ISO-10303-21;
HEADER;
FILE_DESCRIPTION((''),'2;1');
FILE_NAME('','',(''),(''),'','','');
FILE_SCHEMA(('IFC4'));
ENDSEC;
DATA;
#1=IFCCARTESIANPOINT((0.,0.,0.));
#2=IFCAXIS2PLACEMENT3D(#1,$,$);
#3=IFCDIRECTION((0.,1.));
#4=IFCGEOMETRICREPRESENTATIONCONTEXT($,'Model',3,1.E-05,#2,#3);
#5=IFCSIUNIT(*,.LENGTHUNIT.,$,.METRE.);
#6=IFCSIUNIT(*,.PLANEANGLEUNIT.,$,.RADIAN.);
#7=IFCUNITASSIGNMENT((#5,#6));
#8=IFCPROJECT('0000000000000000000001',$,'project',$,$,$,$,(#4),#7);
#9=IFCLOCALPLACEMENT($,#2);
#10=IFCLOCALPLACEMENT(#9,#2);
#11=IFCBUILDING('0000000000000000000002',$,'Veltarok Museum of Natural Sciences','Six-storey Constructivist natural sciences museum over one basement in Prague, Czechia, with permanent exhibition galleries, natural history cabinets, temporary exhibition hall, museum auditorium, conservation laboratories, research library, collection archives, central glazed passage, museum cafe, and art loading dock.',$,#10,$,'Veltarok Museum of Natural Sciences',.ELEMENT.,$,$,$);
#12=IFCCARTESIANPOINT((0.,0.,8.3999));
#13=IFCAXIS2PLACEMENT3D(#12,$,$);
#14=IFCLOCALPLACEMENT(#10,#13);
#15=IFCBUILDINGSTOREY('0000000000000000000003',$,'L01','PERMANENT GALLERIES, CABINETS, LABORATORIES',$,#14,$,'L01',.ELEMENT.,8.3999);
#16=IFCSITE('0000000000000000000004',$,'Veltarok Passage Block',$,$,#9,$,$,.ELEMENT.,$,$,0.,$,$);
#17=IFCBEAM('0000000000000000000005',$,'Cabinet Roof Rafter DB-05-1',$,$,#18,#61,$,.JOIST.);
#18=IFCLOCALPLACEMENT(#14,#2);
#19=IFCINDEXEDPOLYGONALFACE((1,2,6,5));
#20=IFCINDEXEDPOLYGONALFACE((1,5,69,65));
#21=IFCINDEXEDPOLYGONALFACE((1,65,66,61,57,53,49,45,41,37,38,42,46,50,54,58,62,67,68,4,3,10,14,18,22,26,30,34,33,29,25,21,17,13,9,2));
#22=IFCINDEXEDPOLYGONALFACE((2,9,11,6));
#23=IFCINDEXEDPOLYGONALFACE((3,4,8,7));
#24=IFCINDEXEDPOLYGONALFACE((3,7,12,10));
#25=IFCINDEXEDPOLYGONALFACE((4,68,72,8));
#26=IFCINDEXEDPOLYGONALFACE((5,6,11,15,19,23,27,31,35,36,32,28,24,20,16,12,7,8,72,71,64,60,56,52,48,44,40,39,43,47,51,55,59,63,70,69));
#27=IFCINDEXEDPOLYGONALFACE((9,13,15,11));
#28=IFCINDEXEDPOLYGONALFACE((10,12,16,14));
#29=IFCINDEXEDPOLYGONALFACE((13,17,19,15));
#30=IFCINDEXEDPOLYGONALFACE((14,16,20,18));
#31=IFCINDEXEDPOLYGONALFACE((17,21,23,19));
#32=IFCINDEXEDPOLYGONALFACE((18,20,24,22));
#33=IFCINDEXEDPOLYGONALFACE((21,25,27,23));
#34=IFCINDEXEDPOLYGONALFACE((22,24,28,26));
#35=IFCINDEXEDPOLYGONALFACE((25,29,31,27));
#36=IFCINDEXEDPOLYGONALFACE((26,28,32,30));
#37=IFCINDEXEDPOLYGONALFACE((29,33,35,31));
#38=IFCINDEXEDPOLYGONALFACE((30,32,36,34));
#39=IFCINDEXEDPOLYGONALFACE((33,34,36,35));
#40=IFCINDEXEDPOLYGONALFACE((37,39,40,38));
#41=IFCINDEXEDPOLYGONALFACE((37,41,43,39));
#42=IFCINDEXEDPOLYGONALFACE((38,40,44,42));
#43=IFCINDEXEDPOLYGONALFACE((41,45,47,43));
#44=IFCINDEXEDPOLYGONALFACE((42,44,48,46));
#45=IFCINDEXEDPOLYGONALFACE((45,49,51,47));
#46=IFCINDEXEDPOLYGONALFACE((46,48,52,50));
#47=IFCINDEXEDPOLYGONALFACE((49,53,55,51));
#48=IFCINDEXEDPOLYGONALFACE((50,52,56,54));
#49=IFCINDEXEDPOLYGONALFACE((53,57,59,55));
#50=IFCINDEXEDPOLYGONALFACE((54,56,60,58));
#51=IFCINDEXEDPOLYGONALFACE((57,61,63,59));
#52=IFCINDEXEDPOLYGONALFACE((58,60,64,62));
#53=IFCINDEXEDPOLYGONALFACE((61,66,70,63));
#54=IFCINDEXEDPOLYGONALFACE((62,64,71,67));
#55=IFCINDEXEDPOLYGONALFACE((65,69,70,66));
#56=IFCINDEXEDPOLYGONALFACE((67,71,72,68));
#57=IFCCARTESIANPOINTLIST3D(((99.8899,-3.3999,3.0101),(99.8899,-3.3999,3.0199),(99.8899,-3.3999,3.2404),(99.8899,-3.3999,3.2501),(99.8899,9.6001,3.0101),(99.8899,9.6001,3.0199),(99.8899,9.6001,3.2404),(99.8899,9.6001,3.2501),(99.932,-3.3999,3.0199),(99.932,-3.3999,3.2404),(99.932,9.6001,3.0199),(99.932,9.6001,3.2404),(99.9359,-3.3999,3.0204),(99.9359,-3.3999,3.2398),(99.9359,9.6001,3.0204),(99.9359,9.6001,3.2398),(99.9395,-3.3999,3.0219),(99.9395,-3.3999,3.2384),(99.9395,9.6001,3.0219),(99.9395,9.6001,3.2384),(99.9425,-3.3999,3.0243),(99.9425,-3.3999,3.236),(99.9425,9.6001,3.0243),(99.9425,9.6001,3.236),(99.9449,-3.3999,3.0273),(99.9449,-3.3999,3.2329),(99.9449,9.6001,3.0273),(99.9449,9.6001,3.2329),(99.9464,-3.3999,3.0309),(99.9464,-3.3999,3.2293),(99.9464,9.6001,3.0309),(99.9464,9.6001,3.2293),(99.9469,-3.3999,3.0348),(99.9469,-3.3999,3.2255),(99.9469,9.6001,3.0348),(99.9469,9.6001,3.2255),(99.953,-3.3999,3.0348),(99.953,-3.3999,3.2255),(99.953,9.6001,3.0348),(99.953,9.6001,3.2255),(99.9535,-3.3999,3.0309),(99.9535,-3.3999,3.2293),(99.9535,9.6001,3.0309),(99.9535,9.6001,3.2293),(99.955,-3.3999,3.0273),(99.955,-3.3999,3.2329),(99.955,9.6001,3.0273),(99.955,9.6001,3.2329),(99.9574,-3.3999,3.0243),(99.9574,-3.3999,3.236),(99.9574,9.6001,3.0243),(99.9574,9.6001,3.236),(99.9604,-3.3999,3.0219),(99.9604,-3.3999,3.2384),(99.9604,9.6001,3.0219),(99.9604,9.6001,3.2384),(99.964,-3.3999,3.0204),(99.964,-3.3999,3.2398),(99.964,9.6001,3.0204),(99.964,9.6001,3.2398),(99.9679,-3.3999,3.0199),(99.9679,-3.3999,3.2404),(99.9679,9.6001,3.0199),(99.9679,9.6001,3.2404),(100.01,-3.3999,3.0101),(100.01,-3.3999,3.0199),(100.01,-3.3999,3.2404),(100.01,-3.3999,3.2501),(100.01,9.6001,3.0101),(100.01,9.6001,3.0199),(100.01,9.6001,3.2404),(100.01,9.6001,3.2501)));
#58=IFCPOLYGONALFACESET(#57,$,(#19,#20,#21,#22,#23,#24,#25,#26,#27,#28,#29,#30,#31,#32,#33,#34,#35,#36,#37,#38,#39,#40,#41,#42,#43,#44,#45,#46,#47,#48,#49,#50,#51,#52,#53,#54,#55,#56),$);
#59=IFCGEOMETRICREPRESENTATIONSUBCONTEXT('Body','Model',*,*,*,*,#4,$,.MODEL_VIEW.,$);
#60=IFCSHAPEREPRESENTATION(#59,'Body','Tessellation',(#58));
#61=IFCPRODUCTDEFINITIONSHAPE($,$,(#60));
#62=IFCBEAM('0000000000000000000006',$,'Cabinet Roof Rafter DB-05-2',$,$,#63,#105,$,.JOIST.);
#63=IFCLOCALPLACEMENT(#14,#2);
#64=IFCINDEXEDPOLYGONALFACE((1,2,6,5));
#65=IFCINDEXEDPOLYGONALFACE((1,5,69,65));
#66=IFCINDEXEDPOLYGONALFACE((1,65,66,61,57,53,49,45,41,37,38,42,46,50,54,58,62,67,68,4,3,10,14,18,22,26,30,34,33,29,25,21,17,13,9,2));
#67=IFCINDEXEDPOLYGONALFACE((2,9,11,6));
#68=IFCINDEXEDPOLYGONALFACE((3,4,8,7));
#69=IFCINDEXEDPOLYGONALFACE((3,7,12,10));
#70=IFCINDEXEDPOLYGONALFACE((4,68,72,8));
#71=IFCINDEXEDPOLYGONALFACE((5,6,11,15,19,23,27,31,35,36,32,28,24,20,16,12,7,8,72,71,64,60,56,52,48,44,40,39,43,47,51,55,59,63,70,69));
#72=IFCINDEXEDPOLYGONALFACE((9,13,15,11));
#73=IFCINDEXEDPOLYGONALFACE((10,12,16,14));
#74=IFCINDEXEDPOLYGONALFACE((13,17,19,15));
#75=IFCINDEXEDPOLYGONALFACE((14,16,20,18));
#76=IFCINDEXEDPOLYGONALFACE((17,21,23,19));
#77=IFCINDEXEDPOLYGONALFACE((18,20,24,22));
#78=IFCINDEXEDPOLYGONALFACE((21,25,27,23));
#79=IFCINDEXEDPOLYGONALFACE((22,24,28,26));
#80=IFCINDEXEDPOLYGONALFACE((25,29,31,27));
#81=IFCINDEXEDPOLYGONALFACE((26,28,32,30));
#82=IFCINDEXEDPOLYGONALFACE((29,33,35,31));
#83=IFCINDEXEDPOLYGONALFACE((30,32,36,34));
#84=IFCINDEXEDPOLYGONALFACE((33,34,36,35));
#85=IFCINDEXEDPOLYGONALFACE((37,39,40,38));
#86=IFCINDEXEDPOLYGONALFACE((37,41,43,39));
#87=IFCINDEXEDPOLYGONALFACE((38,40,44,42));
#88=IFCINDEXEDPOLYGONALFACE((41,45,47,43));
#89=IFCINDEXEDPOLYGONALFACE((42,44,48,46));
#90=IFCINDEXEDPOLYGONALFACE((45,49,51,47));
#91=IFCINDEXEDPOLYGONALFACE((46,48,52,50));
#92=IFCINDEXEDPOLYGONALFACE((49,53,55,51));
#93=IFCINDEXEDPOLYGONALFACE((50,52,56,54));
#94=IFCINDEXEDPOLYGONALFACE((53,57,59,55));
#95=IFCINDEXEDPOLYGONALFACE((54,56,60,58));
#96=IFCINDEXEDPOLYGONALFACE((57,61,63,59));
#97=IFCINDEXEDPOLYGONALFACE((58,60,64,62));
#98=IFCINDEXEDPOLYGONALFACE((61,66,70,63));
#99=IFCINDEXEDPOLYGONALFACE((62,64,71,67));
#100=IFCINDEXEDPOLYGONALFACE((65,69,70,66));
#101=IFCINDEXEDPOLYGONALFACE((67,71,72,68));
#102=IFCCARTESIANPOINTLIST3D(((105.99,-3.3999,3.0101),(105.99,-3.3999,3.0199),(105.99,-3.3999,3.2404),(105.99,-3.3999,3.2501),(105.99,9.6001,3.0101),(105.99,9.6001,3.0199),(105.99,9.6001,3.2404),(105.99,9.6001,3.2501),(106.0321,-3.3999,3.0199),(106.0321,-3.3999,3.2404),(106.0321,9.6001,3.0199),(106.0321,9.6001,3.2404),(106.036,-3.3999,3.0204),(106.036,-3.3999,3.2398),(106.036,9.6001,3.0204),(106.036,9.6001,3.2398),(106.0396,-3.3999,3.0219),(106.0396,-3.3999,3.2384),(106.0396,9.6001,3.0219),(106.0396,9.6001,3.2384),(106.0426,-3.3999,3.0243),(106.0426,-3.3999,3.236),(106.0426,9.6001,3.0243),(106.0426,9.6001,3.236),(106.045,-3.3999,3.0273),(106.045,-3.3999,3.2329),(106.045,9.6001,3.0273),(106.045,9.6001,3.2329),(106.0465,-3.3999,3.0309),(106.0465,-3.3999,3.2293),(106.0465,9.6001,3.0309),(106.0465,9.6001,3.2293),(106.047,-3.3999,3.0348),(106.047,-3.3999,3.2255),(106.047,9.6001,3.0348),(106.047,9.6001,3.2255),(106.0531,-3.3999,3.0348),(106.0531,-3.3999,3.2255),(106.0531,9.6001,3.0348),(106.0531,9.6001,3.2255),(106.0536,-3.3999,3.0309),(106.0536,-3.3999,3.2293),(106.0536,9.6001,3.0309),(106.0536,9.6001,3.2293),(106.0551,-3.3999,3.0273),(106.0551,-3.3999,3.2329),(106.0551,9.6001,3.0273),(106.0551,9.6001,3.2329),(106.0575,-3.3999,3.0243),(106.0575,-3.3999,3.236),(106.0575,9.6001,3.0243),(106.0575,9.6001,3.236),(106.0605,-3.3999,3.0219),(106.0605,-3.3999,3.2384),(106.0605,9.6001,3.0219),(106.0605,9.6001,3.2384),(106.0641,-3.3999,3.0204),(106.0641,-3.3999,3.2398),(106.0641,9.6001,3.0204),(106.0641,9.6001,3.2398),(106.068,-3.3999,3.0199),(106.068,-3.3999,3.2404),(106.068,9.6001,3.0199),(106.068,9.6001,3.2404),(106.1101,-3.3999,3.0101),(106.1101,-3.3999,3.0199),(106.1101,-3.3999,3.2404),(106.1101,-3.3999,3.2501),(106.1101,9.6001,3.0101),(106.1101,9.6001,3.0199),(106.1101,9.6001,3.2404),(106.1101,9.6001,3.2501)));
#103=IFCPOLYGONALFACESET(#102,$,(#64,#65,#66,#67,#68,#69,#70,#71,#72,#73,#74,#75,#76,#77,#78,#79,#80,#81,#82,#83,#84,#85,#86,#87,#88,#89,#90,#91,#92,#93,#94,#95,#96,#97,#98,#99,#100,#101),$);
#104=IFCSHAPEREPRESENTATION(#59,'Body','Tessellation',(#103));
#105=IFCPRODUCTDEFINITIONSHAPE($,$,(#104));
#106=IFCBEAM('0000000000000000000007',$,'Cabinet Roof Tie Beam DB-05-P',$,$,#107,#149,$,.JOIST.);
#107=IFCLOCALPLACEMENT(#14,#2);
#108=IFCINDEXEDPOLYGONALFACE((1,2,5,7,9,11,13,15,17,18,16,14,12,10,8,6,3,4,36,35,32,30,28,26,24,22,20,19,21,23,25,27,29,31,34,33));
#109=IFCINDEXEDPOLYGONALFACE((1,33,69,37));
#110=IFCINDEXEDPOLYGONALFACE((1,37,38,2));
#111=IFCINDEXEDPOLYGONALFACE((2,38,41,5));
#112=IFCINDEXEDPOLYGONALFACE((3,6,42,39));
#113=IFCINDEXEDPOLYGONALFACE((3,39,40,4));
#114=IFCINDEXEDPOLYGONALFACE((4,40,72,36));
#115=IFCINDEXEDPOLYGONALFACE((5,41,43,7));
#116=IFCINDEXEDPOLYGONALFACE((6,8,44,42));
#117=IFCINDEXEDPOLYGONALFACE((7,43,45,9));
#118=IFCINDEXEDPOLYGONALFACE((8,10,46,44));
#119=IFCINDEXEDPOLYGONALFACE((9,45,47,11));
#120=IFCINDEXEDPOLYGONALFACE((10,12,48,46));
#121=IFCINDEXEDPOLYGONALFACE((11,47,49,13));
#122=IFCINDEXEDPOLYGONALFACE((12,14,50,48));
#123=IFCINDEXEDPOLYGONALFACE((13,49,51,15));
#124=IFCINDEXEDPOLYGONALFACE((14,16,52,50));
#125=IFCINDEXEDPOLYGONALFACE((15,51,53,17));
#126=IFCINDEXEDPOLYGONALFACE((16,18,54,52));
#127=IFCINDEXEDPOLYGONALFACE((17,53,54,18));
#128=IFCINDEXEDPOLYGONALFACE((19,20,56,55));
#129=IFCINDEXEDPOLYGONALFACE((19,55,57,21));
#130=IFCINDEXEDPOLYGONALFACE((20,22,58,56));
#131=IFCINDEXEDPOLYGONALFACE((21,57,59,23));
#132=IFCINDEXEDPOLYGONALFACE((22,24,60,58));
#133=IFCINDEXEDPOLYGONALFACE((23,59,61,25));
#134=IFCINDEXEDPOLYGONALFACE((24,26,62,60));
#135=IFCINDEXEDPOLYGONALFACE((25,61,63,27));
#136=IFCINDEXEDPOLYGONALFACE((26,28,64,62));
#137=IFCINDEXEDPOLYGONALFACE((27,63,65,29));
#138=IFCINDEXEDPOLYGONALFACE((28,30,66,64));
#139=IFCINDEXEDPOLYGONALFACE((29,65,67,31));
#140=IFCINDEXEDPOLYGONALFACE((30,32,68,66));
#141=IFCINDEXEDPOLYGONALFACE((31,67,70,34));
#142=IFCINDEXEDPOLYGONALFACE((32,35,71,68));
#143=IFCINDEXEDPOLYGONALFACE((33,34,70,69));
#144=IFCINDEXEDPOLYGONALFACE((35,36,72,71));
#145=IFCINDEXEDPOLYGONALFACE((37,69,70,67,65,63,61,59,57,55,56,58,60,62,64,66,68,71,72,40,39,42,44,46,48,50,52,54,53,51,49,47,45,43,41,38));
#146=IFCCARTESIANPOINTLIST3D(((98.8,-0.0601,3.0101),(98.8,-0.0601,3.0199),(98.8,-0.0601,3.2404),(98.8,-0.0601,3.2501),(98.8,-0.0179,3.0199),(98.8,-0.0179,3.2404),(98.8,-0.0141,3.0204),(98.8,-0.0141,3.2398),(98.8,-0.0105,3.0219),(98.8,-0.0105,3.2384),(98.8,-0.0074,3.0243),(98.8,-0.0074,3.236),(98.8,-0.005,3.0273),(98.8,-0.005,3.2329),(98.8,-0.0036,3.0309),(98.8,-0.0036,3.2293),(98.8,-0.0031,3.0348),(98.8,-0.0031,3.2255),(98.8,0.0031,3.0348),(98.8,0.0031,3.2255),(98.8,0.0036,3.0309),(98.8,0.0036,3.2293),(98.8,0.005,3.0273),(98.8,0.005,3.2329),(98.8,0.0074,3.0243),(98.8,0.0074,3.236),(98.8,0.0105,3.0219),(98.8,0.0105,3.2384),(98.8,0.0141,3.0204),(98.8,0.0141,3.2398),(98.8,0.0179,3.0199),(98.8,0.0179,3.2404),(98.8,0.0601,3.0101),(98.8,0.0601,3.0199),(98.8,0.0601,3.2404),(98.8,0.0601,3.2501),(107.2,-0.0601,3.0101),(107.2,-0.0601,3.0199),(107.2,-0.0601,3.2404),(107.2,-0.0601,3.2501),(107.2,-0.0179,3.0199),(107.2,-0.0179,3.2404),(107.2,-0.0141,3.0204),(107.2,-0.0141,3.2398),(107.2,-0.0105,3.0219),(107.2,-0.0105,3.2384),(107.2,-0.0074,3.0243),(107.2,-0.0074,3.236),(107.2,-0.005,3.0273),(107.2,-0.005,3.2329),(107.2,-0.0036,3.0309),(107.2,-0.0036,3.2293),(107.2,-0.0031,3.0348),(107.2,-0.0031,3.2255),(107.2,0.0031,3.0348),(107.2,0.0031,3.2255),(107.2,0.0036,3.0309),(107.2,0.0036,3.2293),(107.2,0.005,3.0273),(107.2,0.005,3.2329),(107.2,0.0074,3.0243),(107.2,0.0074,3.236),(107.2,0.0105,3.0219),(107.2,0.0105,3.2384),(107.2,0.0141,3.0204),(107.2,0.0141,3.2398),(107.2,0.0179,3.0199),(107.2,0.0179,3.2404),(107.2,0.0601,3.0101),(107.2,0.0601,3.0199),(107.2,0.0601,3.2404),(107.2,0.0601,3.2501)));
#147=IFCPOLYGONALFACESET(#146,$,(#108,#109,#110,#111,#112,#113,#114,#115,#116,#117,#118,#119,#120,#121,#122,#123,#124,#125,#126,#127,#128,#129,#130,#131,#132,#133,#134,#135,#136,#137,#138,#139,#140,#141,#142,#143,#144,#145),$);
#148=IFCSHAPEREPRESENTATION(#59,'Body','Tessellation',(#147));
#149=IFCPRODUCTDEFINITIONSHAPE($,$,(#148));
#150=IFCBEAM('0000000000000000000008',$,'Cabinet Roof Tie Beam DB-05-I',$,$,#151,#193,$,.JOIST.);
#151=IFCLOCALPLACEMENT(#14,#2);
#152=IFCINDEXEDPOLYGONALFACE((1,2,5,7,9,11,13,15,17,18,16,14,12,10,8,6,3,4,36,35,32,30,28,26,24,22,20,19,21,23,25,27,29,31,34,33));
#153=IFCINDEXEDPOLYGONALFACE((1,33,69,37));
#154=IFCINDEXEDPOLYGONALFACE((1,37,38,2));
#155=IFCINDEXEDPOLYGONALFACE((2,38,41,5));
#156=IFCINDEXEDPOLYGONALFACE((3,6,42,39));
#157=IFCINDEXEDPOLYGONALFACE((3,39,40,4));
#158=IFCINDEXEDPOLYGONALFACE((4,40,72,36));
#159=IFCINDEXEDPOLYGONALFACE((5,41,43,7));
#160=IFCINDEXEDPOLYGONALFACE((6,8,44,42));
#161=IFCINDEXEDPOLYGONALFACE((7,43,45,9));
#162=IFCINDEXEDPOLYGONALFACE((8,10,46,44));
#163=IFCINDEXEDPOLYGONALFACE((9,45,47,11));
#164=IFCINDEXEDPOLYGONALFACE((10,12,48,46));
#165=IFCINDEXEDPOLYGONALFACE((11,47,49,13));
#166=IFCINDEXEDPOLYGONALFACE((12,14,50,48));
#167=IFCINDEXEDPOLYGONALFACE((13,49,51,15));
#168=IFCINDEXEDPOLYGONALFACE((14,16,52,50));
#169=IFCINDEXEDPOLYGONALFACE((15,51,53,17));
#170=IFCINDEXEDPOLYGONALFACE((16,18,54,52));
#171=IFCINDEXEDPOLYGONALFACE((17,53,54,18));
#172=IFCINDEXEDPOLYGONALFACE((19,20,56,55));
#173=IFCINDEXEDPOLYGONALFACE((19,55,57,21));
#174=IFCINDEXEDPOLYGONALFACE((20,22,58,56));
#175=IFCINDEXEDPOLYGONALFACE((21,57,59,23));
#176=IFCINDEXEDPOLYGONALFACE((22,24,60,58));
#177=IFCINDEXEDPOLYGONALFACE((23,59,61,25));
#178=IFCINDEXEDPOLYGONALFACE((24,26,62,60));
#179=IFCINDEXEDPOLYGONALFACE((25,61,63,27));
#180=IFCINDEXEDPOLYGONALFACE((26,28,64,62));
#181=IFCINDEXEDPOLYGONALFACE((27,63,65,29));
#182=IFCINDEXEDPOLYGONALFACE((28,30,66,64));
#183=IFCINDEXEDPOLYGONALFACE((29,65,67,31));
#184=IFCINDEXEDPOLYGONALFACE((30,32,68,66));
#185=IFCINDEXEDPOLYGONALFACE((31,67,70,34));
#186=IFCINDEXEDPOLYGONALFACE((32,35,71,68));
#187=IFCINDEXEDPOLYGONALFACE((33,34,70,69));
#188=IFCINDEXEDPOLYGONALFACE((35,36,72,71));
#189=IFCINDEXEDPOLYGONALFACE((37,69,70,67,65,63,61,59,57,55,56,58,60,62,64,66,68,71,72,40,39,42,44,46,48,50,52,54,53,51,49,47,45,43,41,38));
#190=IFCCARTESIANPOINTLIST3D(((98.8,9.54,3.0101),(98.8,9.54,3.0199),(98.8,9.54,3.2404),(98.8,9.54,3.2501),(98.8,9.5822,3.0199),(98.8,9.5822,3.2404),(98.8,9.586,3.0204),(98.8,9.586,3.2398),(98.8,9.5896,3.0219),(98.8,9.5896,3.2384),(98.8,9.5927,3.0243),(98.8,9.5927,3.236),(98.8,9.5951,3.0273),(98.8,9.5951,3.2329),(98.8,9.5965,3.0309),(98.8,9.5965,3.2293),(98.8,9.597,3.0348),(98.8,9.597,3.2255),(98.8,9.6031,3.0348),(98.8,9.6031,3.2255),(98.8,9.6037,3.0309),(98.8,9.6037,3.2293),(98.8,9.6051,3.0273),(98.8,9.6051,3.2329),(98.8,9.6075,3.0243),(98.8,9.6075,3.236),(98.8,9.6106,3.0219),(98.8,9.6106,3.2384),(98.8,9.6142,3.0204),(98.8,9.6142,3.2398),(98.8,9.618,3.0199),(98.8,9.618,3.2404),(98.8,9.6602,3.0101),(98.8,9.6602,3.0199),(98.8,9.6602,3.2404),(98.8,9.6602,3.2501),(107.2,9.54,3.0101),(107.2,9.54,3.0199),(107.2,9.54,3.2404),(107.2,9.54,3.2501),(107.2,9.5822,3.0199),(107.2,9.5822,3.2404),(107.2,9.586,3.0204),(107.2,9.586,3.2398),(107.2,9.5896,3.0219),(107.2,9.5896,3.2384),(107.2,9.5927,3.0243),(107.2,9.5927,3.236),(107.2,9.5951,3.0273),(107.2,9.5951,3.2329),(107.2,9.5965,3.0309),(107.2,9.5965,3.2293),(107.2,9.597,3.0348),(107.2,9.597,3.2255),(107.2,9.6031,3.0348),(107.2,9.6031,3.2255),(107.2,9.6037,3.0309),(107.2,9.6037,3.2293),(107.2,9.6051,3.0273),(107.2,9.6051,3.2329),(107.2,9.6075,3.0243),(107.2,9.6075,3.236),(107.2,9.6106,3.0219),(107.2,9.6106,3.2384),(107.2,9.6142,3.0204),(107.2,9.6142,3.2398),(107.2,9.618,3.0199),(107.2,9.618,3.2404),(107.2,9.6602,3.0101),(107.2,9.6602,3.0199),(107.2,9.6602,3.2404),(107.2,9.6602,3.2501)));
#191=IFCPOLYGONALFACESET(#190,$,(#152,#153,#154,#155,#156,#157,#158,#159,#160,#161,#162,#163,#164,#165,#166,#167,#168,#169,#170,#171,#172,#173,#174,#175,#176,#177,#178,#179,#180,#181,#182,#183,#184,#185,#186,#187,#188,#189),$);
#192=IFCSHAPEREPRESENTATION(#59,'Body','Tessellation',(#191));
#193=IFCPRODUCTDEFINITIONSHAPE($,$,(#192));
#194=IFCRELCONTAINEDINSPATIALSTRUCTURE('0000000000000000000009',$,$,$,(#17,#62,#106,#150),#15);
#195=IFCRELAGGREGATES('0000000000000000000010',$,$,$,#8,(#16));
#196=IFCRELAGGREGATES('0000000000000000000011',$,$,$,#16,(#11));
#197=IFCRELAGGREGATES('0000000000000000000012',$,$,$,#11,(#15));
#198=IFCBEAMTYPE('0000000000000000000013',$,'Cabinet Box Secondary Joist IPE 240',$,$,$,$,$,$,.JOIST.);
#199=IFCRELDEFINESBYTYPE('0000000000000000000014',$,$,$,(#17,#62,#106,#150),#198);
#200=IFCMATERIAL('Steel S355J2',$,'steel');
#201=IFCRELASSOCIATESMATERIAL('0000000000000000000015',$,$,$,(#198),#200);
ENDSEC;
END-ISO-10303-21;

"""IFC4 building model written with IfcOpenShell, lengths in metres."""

from ifc_helpers import new_model, si_unit, direction, frame, origin, origin_2d, place, context, subcontext, project, spatial, i_section, extrude, material, material_profile, profile_set, type_object, element, save


model = new_model("IFC4")

# Units and contexts
model_context = context("Model", 3, precision=1e-05, world=origin(), true_north=direction((0.0, 1.0)))
body_context = subcontext(model_context, "Body", "Model", "MODEL_VIEW")
ifc_project = project(units=[si_unit("LENGTHUNIT", "METRE"), si_unit("PLANEANGLEUNIT", "RADIAN")], contexts=[model_context])

# Site, building, storey
site_placement = place(None, origin())
site = spatial("IfcSite", under=ifc_project, at=site_placement, Name="Veltarok Passage Block", CompositionType="ELEMENT", RefElevation=0.0)
building_placement = place(site_placement, origin())
building = spatial("IfcBuilding", under=site, at=building_placement, Name="Veltarok Museum of Natural Sciences", Description="Six-storey Constructivist natural sciences museum over one basement in Prague, Czechia, with permanent exhibition galleries, natural history cabinets, temporary exhibition hall, museum auditorium, conservation laboratories, research library, collection archives, central glazed passage, museum cafe, and art loading dock.", LongName="Veltarok Museum of Natural Sciences", CompositionType="ELEMENT")
storey_placement = place(building_placement, frame((0.0, 0.0, 8.3999)))
storey = spatial("IfcBuildingStorey", under=building, at=storey_placement, Name="L01", Description="PERMANENT GALLERIES, CABINETS, LABORATORIES", LongName="L01", CompositionType="ELEMENT", Elevation=8.3999)

# Shared definitions
ifc_material_1 = material(Name="Steel S355J2", Category="steel")

# Beams
ifc_material_profile_1 = material_profile(ifc_material_1, i_section(OverallWidth=0.1201, OverallDepth=0.24, WebThickness=0.0061, FlangeThickness=0.0098, FilletRadius=0.0149, at=origin_2d()), Name="IPE 240")
ifc_profile_set_1 = profile_set([ifc_material_profile_1], Name="Steel S355J2")
beam_type_1 = type_object("IfcBeamType", Name="Cabinet Box Secondary Joist IPE 240", PredefinedType="JOIST", material=ifc_profile_set_1)
for number, where, z_axis, x_axis, name in (
    (1, (99.95, -3.3999, 3.1301), (0.0, 1.0, 0.0), (-1.0, 0.0, 0.0), "Cabinet Roof Rafter DB-05-1"),
    (2, (106.05, -3.3999, 3.1301), (0.0, 1.0, 0.0), (-1.0, 0.0, 0.0), "Cabinet Roof Rafter DB-05-2"),
):
    element("IfcBeam", number, at=place(storey_placement, frame(where, z_axis=z_axis, x_axis=x_axis)), inside=storey, type_object=beam_type_1, Name=name, PredefinedType="JOIST", context=body_context, shape_type="SweptSolid", body=[
        extrude(i_section(OverallWidth=0.1201, OverallDepth=0.24, WebThickness=0.0061, FlangeThickness=0.0098, FilletRadius=0.0149, at=origin_2d()), origin(), (0.0, 0.0, 1.0), 13.0),
    ])
for number, where, z_axis, x_axis, name in (
    (3, (98.8, 0.0, 3.1301), (1.0, 0.0, 0.0), (0.0, 1.0, 0.0), "Cabinet Roof Tie Beam DB-05-P"),
    (4, (98.8, 9.6001, 3.1301), (1.0, 0.0, 0.0), (0.0, 1.0, 0.0), "Cabinet Roof Tie Beam DB-05-I"),
):
    element("IfcBeam", number, at=place(storey_placement, frame(where, z_axis=z_axis, x_axis=x_axis)), inside=storey, type_object=beam_type_1, Name=name, PredefinedType="JOIST", context=body_context, shape_type="SweptSolid", body=[
        extrude(i_section(OverallWidth=0.1201, OverallDepth=0.24, WebThickness=0.0061, FlangeThickness=0.0098, FilletRadius=0.0149, at=origin_2d()), origin(), (0.0, 0.0, 1.0), 8.3999),
    ])

save(model, "model.ifc")
